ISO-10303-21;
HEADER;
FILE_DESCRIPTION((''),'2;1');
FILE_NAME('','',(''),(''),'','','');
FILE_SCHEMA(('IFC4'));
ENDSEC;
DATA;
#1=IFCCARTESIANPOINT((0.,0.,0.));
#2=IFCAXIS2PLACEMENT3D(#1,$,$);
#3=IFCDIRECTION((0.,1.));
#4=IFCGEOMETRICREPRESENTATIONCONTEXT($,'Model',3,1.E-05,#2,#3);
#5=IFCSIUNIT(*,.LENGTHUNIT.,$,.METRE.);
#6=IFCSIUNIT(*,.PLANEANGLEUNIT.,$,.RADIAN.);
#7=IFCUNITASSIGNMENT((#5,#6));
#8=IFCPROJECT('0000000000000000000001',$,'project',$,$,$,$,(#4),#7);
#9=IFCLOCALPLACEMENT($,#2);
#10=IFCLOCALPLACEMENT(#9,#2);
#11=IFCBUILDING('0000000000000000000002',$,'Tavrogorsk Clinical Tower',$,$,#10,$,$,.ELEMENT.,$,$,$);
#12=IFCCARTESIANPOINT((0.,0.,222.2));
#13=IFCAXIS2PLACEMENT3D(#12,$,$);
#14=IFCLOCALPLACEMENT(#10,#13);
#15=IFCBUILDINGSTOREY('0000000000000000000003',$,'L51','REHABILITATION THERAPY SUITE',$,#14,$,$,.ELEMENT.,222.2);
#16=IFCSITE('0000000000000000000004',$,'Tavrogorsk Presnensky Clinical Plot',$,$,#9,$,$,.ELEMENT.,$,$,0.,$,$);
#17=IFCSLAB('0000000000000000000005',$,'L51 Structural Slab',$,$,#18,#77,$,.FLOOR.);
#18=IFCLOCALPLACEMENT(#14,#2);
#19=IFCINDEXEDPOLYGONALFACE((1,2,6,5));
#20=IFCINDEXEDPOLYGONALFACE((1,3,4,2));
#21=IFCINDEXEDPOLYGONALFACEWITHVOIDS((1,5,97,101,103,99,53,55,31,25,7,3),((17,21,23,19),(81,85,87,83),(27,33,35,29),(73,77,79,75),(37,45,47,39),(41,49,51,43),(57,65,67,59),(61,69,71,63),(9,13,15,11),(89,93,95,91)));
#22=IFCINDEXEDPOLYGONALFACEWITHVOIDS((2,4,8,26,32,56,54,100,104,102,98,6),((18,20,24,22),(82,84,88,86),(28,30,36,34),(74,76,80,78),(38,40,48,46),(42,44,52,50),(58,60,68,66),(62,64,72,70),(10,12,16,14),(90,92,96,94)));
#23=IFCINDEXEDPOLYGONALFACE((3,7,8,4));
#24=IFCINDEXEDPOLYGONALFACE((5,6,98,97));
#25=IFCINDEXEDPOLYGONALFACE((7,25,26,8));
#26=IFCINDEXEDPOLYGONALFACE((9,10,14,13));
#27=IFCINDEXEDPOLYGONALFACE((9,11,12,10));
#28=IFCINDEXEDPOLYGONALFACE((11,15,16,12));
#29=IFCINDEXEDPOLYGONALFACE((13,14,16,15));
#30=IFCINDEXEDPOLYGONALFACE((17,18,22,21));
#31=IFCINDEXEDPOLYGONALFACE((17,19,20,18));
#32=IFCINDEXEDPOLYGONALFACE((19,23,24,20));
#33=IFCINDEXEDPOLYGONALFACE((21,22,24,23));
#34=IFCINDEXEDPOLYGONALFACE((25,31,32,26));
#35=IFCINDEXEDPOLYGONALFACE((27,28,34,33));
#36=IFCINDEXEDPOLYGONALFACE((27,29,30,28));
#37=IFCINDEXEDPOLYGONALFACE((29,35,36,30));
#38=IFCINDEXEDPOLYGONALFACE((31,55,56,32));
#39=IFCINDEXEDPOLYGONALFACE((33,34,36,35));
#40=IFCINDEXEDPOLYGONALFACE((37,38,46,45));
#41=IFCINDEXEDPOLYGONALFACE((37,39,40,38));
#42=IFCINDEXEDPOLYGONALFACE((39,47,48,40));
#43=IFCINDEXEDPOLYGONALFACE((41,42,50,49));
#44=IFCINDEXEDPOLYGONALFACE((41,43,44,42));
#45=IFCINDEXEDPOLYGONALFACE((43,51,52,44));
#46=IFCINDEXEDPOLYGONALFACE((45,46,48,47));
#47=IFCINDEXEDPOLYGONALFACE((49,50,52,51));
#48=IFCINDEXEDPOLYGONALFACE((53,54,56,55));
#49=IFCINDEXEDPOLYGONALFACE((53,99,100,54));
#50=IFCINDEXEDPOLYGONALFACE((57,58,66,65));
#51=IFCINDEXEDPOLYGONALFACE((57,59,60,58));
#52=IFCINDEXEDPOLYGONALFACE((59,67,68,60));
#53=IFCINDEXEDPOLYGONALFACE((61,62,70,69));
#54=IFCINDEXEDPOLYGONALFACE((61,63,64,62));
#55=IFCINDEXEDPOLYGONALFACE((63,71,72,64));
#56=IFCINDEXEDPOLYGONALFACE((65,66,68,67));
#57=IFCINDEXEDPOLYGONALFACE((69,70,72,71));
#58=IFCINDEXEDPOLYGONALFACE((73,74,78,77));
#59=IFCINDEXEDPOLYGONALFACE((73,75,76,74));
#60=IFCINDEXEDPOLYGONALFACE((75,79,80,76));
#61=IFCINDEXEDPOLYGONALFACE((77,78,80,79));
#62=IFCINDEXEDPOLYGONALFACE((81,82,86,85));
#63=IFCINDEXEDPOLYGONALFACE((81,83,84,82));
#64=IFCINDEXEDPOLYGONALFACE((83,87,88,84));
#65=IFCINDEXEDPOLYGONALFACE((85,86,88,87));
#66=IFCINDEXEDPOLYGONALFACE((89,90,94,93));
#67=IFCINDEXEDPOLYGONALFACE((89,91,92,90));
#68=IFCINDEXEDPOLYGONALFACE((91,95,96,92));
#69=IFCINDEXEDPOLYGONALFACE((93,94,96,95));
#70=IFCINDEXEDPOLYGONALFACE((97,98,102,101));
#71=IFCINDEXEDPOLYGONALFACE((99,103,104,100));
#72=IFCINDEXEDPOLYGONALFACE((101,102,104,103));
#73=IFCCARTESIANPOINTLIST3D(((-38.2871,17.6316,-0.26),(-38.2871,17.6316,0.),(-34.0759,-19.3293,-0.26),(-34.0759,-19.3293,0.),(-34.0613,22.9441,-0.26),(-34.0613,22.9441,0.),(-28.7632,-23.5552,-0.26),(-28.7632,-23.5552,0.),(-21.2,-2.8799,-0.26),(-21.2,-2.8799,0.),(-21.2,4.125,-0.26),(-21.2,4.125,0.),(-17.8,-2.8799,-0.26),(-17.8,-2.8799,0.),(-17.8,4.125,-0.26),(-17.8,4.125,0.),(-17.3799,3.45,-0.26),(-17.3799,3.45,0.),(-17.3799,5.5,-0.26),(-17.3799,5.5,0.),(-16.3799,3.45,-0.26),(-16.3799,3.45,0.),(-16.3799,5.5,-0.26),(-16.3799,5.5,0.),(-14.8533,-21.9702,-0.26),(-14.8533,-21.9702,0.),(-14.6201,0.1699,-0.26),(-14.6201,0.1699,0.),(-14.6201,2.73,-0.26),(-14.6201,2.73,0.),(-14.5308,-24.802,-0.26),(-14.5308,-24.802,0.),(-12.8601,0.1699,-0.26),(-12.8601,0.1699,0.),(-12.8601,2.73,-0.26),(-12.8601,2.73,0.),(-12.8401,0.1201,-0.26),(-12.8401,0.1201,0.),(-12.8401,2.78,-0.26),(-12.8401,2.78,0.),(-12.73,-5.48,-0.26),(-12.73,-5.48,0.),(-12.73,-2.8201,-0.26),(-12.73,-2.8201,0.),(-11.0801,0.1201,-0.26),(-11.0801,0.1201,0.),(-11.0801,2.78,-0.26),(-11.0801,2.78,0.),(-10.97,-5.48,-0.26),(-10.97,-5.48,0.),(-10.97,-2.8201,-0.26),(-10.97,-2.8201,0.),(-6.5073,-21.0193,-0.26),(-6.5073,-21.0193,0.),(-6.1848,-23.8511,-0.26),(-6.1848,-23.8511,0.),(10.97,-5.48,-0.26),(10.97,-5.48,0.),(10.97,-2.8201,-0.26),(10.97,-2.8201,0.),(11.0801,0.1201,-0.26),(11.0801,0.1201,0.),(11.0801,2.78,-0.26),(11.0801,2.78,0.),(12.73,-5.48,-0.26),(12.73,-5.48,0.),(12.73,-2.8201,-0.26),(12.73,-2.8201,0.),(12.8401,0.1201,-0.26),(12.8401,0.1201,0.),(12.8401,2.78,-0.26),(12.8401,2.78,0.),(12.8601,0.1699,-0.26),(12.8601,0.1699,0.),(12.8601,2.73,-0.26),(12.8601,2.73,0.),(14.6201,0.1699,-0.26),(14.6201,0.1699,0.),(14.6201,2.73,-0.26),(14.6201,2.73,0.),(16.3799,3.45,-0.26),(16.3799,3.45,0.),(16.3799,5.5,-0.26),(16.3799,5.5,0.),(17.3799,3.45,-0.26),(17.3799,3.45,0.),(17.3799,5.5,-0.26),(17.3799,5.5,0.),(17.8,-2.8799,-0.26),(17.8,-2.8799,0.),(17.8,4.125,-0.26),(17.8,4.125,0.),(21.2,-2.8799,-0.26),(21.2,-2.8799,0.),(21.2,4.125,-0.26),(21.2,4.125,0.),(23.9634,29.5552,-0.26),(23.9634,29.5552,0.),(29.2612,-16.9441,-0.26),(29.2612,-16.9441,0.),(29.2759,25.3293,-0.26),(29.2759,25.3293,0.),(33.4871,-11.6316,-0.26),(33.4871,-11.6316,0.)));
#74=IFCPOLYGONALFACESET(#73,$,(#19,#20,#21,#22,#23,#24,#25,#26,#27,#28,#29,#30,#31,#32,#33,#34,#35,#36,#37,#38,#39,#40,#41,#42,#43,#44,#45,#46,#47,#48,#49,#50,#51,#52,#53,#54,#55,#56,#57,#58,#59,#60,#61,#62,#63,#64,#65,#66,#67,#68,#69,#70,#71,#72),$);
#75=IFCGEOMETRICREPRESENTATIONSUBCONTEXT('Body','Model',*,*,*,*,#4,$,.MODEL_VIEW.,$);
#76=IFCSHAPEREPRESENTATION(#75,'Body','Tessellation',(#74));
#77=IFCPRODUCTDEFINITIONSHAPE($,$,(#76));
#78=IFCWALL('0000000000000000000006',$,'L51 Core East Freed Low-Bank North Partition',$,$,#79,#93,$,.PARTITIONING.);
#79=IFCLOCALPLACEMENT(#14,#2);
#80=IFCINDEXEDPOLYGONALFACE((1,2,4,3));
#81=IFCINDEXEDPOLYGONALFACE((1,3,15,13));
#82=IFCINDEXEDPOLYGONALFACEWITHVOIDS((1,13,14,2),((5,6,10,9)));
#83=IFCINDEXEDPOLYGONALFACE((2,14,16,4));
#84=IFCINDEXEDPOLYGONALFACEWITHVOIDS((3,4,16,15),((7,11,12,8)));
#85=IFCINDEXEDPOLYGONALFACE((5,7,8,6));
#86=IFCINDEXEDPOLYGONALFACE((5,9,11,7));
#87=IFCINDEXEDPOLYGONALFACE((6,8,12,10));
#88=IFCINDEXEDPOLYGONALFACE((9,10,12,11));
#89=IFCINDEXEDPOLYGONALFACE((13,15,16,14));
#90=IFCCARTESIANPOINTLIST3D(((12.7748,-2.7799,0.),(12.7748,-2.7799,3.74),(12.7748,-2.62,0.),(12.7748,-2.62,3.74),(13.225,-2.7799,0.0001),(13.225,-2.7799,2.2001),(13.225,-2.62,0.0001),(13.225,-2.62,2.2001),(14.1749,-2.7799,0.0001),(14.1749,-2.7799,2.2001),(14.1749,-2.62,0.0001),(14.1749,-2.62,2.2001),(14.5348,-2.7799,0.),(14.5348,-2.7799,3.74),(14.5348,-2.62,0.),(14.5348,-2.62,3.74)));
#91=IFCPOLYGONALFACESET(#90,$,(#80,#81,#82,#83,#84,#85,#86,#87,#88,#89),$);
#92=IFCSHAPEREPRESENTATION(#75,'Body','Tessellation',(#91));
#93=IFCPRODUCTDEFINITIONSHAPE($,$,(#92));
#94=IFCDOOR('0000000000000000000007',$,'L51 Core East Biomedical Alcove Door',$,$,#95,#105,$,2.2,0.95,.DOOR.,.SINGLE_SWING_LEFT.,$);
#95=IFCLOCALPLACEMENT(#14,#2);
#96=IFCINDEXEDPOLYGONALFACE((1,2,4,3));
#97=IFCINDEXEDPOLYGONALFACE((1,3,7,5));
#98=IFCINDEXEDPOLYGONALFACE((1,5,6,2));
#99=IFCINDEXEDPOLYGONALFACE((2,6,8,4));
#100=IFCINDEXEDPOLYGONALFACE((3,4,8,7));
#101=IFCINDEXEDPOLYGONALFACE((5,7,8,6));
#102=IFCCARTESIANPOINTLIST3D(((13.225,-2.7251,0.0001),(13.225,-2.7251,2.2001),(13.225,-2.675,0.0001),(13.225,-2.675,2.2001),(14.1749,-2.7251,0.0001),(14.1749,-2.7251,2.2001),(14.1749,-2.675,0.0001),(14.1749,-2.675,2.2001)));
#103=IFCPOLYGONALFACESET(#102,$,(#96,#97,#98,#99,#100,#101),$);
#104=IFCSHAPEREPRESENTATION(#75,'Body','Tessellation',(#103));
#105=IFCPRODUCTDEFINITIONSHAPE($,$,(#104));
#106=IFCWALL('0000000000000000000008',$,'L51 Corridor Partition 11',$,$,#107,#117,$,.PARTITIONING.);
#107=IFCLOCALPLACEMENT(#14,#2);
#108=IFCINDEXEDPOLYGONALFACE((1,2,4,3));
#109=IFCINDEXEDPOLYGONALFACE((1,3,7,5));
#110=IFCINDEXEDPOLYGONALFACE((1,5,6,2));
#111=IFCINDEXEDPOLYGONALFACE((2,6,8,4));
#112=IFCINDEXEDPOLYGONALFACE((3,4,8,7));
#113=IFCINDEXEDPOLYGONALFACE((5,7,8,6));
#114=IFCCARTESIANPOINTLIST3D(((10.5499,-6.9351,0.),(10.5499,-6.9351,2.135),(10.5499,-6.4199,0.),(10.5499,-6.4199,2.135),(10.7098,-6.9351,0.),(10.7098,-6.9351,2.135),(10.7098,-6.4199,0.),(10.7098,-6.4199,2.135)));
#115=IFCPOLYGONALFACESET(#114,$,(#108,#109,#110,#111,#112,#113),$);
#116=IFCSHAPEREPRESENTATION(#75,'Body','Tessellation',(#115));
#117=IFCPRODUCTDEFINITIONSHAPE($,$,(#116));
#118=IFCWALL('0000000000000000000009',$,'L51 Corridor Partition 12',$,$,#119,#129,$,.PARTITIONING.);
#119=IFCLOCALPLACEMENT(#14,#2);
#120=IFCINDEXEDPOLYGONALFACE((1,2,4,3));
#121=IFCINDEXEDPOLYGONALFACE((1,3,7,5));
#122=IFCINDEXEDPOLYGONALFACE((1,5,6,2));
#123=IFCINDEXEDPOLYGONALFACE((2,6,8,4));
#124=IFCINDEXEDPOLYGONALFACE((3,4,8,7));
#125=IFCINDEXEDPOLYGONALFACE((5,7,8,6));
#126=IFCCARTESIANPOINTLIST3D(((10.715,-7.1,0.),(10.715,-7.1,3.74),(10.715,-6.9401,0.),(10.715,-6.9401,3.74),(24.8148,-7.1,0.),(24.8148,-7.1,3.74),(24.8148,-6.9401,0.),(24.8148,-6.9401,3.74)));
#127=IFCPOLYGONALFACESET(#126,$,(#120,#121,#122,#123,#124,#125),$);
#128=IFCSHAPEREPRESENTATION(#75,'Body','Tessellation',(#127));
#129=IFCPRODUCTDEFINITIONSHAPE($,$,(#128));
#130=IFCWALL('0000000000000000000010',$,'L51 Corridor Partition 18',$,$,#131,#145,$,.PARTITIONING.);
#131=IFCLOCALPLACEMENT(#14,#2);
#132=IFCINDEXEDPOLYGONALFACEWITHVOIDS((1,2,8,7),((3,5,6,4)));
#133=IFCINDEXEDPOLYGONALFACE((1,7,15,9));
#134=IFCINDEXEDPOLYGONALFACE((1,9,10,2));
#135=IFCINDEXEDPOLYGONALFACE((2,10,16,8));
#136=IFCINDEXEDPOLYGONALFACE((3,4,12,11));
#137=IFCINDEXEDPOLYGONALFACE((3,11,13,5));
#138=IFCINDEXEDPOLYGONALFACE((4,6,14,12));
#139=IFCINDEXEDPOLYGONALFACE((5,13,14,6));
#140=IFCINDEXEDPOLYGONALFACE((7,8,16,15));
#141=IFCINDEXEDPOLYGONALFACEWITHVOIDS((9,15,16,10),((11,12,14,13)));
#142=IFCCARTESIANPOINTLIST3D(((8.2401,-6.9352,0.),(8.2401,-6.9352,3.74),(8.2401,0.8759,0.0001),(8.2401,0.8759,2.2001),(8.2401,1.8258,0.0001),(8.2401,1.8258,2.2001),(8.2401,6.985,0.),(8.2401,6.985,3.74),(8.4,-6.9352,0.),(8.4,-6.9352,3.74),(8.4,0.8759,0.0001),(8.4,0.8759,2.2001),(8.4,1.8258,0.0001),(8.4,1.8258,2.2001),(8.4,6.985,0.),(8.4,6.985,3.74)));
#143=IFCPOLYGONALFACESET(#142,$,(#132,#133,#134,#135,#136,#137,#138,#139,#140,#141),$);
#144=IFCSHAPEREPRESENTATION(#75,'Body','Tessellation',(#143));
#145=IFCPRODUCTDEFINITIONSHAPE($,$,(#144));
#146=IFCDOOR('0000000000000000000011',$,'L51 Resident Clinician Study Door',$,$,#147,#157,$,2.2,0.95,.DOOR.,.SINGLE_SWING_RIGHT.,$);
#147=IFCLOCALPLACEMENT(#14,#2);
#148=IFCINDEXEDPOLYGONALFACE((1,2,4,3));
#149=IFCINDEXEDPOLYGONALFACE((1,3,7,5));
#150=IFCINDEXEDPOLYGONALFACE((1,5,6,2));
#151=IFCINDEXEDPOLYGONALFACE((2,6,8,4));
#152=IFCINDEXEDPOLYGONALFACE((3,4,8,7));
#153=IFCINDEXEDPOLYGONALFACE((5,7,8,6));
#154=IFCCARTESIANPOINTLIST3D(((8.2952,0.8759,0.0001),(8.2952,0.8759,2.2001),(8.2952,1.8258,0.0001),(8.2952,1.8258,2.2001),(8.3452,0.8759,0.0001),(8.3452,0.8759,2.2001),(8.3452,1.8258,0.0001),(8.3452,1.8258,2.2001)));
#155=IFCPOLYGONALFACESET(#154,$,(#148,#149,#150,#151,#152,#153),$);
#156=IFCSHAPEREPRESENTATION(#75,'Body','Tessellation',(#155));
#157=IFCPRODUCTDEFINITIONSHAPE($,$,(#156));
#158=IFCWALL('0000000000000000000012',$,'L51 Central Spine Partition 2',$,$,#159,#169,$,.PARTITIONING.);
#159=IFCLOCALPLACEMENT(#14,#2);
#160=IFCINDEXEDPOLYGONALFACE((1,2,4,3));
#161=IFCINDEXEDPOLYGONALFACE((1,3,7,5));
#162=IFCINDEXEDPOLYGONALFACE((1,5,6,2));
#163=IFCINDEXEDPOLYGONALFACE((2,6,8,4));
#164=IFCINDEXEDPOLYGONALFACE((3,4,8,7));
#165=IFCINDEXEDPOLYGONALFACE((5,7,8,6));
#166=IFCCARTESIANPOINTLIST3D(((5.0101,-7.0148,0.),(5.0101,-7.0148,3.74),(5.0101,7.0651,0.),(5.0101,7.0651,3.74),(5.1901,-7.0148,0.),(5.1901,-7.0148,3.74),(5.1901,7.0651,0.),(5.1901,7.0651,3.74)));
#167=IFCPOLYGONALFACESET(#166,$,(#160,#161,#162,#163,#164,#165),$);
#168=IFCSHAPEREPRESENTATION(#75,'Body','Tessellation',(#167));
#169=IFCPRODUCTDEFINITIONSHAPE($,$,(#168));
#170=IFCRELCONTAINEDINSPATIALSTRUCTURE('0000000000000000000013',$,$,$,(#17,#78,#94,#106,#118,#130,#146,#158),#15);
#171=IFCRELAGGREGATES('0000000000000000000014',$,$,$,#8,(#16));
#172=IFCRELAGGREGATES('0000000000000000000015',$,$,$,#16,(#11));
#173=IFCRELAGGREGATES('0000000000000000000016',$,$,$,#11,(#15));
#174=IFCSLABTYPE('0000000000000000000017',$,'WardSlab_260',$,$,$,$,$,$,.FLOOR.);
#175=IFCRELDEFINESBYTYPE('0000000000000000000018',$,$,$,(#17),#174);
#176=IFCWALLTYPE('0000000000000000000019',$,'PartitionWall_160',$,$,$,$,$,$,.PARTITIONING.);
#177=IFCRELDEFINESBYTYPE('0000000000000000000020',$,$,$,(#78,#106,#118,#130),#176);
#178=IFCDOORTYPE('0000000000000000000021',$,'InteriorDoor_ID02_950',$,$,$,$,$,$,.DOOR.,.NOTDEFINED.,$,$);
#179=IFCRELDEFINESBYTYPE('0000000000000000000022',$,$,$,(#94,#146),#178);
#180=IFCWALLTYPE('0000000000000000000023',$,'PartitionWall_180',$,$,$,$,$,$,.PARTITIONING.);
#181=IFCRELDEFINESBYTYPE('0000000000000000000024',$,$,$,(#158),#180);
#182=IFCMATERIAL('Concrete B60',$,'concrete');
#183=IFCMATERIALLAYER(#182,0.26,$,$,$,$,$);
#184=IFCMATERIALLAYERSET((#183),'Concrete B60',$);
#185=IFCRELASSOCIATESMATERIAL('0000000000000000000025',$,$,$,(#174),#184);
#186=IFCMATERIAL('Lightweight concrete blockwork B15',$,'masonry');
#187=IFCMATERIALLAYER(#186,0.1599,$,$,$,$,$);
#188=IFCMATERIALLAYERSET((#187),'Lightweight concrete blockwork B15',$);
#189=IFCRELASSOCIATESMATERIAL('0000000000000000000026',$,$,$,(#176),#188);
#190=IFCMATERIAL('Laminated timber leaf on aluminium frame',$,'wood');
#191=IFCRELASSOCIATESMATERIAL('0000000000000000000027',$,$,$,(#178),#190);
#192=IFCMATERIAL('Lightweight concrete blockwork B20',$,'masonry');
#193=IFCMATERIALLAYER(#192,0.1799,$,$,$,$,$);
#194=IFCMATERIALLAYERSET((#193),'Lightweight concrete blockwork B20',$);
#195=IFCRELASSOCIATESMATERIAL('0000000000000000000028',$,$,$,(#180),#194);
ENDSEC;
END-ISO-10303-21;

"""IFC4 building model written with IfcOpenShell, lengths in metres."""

from ifc_helpers import new_model, si_unit, direction, frame, frame_2d, origin, place, context, subcontext, project, spatial, polyline, rectangle, outline, extrude, material, layer, layer_set, type_object, element, fill, save


model = new_model("IFC4")

# Units and contexts
model_context = context("Model", 3, precision=1e-05, world=origin(), true_north=direction((0.0, 1.0)))
body_context = subcontext(model_context, "Body", "Model", "MODEL_VIEW")
ifc_project = project(units=[si_unit("LENGTHUNIT", "METRE"), si_unit("PLANEANGLEUNIT", "RADIAN")], contexts=[model_context])

# Site, building, storey
site_placement = place(None, origin())
site = spatial("IfcSite", under=ifc_project, at=site_placement, Name="Tavrogorsk Presnensky Clinical Plot", CompositionType="ELEMENT", RefElevation=0.0)
building_placement = place(site_placement, origin())
building = spatial("IfcBuilding", under=site, at=building_placement, Name="Tavrogorsk Clinical Tower", CompositionType="ELEMENT")
storey_placement = place(building_placement, frame((0.0, 0.0, 222.2)))
storey = spatial("IfcBuildingStorey", under=building, at=storey_placement, Name="L51", Description="REHABILITATION THERAPY SUITE", CompositionType="ELEMENT", Elevation=222.2)

# Slab
ifc_material_1 = material(Name="Concrete B60", Category="concrete")
ifc_layer_1 = layer(ifc_material_1, 0.26)
ifc_layer_set_1 = layer_set([ifc_layer_1], Name="Concrete B60")
slab_type_1 = type_object("IfcSlabType", Name="WardSlab_260", PredefinedType="FLOOR", material=ifc_layer_set_1)
slab_1_placement = place(storey_placement, frame((0.0, 0.0, -0.26)))
element("IfcSlab", 1, at=slab_1_placement, inside=storey, type_object=slab_type_1, Name="L51 Structural Slab", PredefinedType="FLOOR", context=body_context, shape_type="SweptSolid", body=[
    extrude(outline(polyline([(-28.7632, -23.5552), (-34.0759, -19.3293), (-38.2871, 17.6316), (-34.0613, 22.9441), (23.9634, 29.5552), (29.2759, 25.3293), (33.4871, -11.6316), (29.2612, -16.9441), (-6.5073, -21.0193), (-6.1848, -23.8511), (-14.5308, -24.802), (-14.8533, -21.9702), (-28.7632, -23.5552)]), holes=[polyline([(-17.8, -2.8799), (-17.8, 4.125), (-21.2, 4.125), (-21.2, -2.8799), (-17.8, -2.8799)]), polyline([(21.2, -2.8799), (21.2, 4.125), (17.8, 4.125), (17.8, -2.8799), (21.2, -2.8799)]), polyline([(-14.6201, 0.1699), (-12.8601, 0.1699), (-12.8601, 2.73), (-14.6201, 2.73), (-14.6201, 0.1699)]), polyline([(-12.73, -5.48), (-10.97, -5.48), (-10.97, -2.8201), (-12.73, -2.8201), (-12.73, -5.48)]), polyline([(-12.8401, 0.1201), (-11.0801, 0.1201), (-11.0801, 2.78), (-12.8401, 2.78), (-12.8401, 0.1201)]), polyline([(12.8601, 0.1699), (14.6201, 0.1699), (14.6201, 2.73), (12.8601, 2.73), (12.8601, 0.1699)]), polyline([(10.97, -5.48), (12.73, -5.48), (12.73, -2.8201), (10.97, -2.8201), (10.97, -5.48)]), polyline([(11.0801, 0.1201), (12.8401, 0.1201), (12.8401, 2.78), (11.0801, 2.78), (11.0801, 0.1201)]), polyline([(-17.3799, 3.45), (-16.3799, 3.45), (-16.3799, 5.5), (-17.3799, 5.5), (-17.3799, 3.45)]), polyline([(16.3799, 3.45), (17.3799, 3.45), (17.3799, 5.5), (16.3799, 5.5), (16.3799, 3.45)])]), origin(), (0.0, 0.0, 1.0), 0.26),
])

# Wall, opening, door
ifc_material_2 = material(Name="Lightweight concrete blockwork B15", Category="masonry")
ifc_layer_2 = layer(ifc_material_2, 0.1599)
ifc_layer_set_2 = layer_set([ifc_layer_2], Name="Lightweight concrete blockwork B15")
wall_type_1 = type_object("IfcWallType", Name="PartitionWall_160", PredefinedType="PARTITIONING", material=ifc_layer_set_2)
wall_1_placement = place(storey_placement, frame((12.7749, -2.7, 0.0), z_axis=(0.0, 0.0, 1.0), x_axis=(1.0, 0.0, 0.0)))
wall_1 = element("IfcWall", 2, at=wall_1_placement, inside=storey, type_object=wall_type_1, Name="L51 Core East Freed Low-Bank North Partition", PredefinedType="PARTITIONING", context=body_context, shape_type="SweptSolid", body=[
    extrude(rectangle(XDim=1.76, YDim=0.1599, at=frame_2d((0.8799, 0.0))), origin(), (0.0, 0.0, 1.0), 3.74),
])
opening_1_placement = place(wall_1_placement, frame((0.45, 0.0, 0.0)))
opening_1 = element("IfcOpeningElement", 3, at=opening_1_placement, cuts=wall_1, PredefinedType="OPENING", context=body_context, shape_type="SweptSolid", body=[
    extrude(rectangle(XDim=0.95, YDim=2.2, at=frame_2d((0.4751, 1.1001))), frame((0.0, 0.0898, 0.0), z_axis=(0.0, -1.0, 0.0), x_axis=(1.0, 0.0, 0.0)), (0.0, 0.0, 1.0), 0.1799),
])
ifc_material_3 = material(Name="Laminated timber leaf on aluminium frame", Category="wood")
door_type_1 = type_object("IfcDoorType", Name="InteriorDoor_ID02_950", OperationType="NOTDEFINED", PredefinedType="DOOR", material=ifc_material_3)
door_1_placement = place(opening_1_placement, origin())
door_1 = element("IfcDoor", 4, at=door_1_placement, inside=storey, type_object=door_type_1, Name="L51 Core East Biomedical Alcove Door", OperationType="SINGLE_SWING_LEFT", OverallHeight=2.2, OverallWidth=0.95, PredefinedType="DOOR", context=body_context, shape_type="SweptSolid", body=[
    extrude(rectangle(XDim=0.95, YDim=2.2, at=frame_2d((0.4751, 1.1001))), frame((0.0, 0.0249, 0.0), z_axis=(0.0, -1.0, 0.0), x_axis=(1.0, 0.0, 0.0)), (0.0, 0.0, 1.0), 0.05),
])
fill(opening_1, door_1)

# Walls
wall_2_placement = place(storey_placement, frame((10.6299, -6.4199, 0.0), z_axis=(0.0, 0.0, 1.0), x_axis=(0.0, -1.0, 0.0)))
element("IfcWall", 5, at=wall_2_placement, inside=storey, type_object=wall_type_1, Name="L51 Corridor Partition 11", PredefinedType="PARTITIONING", context=body_context, shape_type="SweptSolid", body=[
    extrude(rectangle(XDim=0.5151, YDim=0.1599, at=frame_2d((0.2576, 0.0))), origin(), (0.0, 0.0, 1.0), 2.135),
])
wall_3_placement = place(storey_placement, frame((10.7151, -7.02, 0.0), z_axis=(0.0, 0.0, 1.0), x_axis=(1.0, 0.0, 0.0)))
element("IfcWall", 6, at=wall_3_placement, inside=storey, type_object=wall_type_1, Name="L51 Corridor Partition 12", PredefinedType="PARTITIONING", context=body_context, shape_type="SweptSolid", body=[
    extrude(rectangle(XDim=14.0999, YDim=0.1599, at=frame_2d((7.0498, 0.0))), origin(), (0.0, 0.0, 1.0), 3.74),
])

# Wall, opening, door
wall_4_placement = place(storey_placement, frame((8.3201, -6.9351, 0.0), z_axis=(0.0, 0.0, 1.0), x_axis=(0.0, 1.0, 0.0)))
wall_4 = element("IfcWall", 7, at=wall_4_placement, inside=storey, type_object=wall_type_1, Name="L51 Corridor Partition 18", PredefinedType="PARTITIONING", context=body_context, shape_type="SweptSolid", body=[
    extrude(rectangle(XDim=13.9202, YDim=0.1599, at=frame_2d((6.96, 0.0))), origin(), (0.0, 0.0, 1.0), 3.74),
])
opening_2_placement = place(wall_4_placement, frame((7.8108, 0.0, 0.0)))
opening_2 = element("IfcOpeningElement", 8, at=opening_2_placement, cuts=wall_4, PredefinedType="OPENING", context=body_context, shape_type="SweptSolid", body=[
    extrude(rectangle(XDim=0.95, YDim=2.2, at=frame_2d((0.4751, 1.1001))), frame((0.0, 0.0898, 0.0), z_axis=(0.0, -1.0, 0.0), x_axis=(1.0, 0.0, 0.0)), (0.0, 0.0, 1.0), 0.1799),
])
door_2_placement = place(opening_2_placement, origin())
door_2 = element("IfcDoor", 9, at=door_2_placement, inside=storey, type_object=door_type_1, Name="L51 Resident Clinician Study Door", OperationType="SINGLE_SWING_RIGHT", OverallHeight=2.2, OverallWidth=0.95, PredefinedType="DOOR", context=body_context, shape_type="SweptSolid", body=[
    extrude(rectangle(XDim=0.95, YDim=2.2, at=frame_2d((0.4751, 1.1001))), frame((0.0, 0.0249, 0.0), z_axis=(0.0, -1.0, 0.0), x_axis=(1.0, 0.0, 0.0)), (0.0, 0.0, 1.0), 0.05),
])
fill(opening_2, door_2)

# Wall
ifc_material_4 = material(Name="Lightweight concrete blockwork B20", Category="masonry")
ifc_layer_3 = layer(ifc_material_4, 0.1799)
ifc_layer_set_3 = layer_set([ifc_layer_3], Name="Lightweight concrete blockwork B20")
wall_type_2 = type_object("IfcWallType", Name="PartitionWall_180", PredefinedType="PARTITIONING", material=ifc_layer_set_3)
wall_5_placement = place(storey_placement, frame((5.1001, -7.0149, 0.0), z_axis=(0.0, 0.0, 1.0), x_axis=(0.0, 1.0, 0.0)))
element("IfcWall", 10, at=wall_5_placement, inside=storey, type_object=wall_type_2, Name="L51 Central Spine Partition 2", PredefinedType="PARTITIONING", context=body_context, shape_type="SweptSolid", body=[
    extrude(rectangle(XDim=14.0798, YDim=0.1799, at=frame_2d((7.04, 0.0))), origin(), (0.0, 0.0, 1.0), 3.74),
])

save(model, "model.ifc")
